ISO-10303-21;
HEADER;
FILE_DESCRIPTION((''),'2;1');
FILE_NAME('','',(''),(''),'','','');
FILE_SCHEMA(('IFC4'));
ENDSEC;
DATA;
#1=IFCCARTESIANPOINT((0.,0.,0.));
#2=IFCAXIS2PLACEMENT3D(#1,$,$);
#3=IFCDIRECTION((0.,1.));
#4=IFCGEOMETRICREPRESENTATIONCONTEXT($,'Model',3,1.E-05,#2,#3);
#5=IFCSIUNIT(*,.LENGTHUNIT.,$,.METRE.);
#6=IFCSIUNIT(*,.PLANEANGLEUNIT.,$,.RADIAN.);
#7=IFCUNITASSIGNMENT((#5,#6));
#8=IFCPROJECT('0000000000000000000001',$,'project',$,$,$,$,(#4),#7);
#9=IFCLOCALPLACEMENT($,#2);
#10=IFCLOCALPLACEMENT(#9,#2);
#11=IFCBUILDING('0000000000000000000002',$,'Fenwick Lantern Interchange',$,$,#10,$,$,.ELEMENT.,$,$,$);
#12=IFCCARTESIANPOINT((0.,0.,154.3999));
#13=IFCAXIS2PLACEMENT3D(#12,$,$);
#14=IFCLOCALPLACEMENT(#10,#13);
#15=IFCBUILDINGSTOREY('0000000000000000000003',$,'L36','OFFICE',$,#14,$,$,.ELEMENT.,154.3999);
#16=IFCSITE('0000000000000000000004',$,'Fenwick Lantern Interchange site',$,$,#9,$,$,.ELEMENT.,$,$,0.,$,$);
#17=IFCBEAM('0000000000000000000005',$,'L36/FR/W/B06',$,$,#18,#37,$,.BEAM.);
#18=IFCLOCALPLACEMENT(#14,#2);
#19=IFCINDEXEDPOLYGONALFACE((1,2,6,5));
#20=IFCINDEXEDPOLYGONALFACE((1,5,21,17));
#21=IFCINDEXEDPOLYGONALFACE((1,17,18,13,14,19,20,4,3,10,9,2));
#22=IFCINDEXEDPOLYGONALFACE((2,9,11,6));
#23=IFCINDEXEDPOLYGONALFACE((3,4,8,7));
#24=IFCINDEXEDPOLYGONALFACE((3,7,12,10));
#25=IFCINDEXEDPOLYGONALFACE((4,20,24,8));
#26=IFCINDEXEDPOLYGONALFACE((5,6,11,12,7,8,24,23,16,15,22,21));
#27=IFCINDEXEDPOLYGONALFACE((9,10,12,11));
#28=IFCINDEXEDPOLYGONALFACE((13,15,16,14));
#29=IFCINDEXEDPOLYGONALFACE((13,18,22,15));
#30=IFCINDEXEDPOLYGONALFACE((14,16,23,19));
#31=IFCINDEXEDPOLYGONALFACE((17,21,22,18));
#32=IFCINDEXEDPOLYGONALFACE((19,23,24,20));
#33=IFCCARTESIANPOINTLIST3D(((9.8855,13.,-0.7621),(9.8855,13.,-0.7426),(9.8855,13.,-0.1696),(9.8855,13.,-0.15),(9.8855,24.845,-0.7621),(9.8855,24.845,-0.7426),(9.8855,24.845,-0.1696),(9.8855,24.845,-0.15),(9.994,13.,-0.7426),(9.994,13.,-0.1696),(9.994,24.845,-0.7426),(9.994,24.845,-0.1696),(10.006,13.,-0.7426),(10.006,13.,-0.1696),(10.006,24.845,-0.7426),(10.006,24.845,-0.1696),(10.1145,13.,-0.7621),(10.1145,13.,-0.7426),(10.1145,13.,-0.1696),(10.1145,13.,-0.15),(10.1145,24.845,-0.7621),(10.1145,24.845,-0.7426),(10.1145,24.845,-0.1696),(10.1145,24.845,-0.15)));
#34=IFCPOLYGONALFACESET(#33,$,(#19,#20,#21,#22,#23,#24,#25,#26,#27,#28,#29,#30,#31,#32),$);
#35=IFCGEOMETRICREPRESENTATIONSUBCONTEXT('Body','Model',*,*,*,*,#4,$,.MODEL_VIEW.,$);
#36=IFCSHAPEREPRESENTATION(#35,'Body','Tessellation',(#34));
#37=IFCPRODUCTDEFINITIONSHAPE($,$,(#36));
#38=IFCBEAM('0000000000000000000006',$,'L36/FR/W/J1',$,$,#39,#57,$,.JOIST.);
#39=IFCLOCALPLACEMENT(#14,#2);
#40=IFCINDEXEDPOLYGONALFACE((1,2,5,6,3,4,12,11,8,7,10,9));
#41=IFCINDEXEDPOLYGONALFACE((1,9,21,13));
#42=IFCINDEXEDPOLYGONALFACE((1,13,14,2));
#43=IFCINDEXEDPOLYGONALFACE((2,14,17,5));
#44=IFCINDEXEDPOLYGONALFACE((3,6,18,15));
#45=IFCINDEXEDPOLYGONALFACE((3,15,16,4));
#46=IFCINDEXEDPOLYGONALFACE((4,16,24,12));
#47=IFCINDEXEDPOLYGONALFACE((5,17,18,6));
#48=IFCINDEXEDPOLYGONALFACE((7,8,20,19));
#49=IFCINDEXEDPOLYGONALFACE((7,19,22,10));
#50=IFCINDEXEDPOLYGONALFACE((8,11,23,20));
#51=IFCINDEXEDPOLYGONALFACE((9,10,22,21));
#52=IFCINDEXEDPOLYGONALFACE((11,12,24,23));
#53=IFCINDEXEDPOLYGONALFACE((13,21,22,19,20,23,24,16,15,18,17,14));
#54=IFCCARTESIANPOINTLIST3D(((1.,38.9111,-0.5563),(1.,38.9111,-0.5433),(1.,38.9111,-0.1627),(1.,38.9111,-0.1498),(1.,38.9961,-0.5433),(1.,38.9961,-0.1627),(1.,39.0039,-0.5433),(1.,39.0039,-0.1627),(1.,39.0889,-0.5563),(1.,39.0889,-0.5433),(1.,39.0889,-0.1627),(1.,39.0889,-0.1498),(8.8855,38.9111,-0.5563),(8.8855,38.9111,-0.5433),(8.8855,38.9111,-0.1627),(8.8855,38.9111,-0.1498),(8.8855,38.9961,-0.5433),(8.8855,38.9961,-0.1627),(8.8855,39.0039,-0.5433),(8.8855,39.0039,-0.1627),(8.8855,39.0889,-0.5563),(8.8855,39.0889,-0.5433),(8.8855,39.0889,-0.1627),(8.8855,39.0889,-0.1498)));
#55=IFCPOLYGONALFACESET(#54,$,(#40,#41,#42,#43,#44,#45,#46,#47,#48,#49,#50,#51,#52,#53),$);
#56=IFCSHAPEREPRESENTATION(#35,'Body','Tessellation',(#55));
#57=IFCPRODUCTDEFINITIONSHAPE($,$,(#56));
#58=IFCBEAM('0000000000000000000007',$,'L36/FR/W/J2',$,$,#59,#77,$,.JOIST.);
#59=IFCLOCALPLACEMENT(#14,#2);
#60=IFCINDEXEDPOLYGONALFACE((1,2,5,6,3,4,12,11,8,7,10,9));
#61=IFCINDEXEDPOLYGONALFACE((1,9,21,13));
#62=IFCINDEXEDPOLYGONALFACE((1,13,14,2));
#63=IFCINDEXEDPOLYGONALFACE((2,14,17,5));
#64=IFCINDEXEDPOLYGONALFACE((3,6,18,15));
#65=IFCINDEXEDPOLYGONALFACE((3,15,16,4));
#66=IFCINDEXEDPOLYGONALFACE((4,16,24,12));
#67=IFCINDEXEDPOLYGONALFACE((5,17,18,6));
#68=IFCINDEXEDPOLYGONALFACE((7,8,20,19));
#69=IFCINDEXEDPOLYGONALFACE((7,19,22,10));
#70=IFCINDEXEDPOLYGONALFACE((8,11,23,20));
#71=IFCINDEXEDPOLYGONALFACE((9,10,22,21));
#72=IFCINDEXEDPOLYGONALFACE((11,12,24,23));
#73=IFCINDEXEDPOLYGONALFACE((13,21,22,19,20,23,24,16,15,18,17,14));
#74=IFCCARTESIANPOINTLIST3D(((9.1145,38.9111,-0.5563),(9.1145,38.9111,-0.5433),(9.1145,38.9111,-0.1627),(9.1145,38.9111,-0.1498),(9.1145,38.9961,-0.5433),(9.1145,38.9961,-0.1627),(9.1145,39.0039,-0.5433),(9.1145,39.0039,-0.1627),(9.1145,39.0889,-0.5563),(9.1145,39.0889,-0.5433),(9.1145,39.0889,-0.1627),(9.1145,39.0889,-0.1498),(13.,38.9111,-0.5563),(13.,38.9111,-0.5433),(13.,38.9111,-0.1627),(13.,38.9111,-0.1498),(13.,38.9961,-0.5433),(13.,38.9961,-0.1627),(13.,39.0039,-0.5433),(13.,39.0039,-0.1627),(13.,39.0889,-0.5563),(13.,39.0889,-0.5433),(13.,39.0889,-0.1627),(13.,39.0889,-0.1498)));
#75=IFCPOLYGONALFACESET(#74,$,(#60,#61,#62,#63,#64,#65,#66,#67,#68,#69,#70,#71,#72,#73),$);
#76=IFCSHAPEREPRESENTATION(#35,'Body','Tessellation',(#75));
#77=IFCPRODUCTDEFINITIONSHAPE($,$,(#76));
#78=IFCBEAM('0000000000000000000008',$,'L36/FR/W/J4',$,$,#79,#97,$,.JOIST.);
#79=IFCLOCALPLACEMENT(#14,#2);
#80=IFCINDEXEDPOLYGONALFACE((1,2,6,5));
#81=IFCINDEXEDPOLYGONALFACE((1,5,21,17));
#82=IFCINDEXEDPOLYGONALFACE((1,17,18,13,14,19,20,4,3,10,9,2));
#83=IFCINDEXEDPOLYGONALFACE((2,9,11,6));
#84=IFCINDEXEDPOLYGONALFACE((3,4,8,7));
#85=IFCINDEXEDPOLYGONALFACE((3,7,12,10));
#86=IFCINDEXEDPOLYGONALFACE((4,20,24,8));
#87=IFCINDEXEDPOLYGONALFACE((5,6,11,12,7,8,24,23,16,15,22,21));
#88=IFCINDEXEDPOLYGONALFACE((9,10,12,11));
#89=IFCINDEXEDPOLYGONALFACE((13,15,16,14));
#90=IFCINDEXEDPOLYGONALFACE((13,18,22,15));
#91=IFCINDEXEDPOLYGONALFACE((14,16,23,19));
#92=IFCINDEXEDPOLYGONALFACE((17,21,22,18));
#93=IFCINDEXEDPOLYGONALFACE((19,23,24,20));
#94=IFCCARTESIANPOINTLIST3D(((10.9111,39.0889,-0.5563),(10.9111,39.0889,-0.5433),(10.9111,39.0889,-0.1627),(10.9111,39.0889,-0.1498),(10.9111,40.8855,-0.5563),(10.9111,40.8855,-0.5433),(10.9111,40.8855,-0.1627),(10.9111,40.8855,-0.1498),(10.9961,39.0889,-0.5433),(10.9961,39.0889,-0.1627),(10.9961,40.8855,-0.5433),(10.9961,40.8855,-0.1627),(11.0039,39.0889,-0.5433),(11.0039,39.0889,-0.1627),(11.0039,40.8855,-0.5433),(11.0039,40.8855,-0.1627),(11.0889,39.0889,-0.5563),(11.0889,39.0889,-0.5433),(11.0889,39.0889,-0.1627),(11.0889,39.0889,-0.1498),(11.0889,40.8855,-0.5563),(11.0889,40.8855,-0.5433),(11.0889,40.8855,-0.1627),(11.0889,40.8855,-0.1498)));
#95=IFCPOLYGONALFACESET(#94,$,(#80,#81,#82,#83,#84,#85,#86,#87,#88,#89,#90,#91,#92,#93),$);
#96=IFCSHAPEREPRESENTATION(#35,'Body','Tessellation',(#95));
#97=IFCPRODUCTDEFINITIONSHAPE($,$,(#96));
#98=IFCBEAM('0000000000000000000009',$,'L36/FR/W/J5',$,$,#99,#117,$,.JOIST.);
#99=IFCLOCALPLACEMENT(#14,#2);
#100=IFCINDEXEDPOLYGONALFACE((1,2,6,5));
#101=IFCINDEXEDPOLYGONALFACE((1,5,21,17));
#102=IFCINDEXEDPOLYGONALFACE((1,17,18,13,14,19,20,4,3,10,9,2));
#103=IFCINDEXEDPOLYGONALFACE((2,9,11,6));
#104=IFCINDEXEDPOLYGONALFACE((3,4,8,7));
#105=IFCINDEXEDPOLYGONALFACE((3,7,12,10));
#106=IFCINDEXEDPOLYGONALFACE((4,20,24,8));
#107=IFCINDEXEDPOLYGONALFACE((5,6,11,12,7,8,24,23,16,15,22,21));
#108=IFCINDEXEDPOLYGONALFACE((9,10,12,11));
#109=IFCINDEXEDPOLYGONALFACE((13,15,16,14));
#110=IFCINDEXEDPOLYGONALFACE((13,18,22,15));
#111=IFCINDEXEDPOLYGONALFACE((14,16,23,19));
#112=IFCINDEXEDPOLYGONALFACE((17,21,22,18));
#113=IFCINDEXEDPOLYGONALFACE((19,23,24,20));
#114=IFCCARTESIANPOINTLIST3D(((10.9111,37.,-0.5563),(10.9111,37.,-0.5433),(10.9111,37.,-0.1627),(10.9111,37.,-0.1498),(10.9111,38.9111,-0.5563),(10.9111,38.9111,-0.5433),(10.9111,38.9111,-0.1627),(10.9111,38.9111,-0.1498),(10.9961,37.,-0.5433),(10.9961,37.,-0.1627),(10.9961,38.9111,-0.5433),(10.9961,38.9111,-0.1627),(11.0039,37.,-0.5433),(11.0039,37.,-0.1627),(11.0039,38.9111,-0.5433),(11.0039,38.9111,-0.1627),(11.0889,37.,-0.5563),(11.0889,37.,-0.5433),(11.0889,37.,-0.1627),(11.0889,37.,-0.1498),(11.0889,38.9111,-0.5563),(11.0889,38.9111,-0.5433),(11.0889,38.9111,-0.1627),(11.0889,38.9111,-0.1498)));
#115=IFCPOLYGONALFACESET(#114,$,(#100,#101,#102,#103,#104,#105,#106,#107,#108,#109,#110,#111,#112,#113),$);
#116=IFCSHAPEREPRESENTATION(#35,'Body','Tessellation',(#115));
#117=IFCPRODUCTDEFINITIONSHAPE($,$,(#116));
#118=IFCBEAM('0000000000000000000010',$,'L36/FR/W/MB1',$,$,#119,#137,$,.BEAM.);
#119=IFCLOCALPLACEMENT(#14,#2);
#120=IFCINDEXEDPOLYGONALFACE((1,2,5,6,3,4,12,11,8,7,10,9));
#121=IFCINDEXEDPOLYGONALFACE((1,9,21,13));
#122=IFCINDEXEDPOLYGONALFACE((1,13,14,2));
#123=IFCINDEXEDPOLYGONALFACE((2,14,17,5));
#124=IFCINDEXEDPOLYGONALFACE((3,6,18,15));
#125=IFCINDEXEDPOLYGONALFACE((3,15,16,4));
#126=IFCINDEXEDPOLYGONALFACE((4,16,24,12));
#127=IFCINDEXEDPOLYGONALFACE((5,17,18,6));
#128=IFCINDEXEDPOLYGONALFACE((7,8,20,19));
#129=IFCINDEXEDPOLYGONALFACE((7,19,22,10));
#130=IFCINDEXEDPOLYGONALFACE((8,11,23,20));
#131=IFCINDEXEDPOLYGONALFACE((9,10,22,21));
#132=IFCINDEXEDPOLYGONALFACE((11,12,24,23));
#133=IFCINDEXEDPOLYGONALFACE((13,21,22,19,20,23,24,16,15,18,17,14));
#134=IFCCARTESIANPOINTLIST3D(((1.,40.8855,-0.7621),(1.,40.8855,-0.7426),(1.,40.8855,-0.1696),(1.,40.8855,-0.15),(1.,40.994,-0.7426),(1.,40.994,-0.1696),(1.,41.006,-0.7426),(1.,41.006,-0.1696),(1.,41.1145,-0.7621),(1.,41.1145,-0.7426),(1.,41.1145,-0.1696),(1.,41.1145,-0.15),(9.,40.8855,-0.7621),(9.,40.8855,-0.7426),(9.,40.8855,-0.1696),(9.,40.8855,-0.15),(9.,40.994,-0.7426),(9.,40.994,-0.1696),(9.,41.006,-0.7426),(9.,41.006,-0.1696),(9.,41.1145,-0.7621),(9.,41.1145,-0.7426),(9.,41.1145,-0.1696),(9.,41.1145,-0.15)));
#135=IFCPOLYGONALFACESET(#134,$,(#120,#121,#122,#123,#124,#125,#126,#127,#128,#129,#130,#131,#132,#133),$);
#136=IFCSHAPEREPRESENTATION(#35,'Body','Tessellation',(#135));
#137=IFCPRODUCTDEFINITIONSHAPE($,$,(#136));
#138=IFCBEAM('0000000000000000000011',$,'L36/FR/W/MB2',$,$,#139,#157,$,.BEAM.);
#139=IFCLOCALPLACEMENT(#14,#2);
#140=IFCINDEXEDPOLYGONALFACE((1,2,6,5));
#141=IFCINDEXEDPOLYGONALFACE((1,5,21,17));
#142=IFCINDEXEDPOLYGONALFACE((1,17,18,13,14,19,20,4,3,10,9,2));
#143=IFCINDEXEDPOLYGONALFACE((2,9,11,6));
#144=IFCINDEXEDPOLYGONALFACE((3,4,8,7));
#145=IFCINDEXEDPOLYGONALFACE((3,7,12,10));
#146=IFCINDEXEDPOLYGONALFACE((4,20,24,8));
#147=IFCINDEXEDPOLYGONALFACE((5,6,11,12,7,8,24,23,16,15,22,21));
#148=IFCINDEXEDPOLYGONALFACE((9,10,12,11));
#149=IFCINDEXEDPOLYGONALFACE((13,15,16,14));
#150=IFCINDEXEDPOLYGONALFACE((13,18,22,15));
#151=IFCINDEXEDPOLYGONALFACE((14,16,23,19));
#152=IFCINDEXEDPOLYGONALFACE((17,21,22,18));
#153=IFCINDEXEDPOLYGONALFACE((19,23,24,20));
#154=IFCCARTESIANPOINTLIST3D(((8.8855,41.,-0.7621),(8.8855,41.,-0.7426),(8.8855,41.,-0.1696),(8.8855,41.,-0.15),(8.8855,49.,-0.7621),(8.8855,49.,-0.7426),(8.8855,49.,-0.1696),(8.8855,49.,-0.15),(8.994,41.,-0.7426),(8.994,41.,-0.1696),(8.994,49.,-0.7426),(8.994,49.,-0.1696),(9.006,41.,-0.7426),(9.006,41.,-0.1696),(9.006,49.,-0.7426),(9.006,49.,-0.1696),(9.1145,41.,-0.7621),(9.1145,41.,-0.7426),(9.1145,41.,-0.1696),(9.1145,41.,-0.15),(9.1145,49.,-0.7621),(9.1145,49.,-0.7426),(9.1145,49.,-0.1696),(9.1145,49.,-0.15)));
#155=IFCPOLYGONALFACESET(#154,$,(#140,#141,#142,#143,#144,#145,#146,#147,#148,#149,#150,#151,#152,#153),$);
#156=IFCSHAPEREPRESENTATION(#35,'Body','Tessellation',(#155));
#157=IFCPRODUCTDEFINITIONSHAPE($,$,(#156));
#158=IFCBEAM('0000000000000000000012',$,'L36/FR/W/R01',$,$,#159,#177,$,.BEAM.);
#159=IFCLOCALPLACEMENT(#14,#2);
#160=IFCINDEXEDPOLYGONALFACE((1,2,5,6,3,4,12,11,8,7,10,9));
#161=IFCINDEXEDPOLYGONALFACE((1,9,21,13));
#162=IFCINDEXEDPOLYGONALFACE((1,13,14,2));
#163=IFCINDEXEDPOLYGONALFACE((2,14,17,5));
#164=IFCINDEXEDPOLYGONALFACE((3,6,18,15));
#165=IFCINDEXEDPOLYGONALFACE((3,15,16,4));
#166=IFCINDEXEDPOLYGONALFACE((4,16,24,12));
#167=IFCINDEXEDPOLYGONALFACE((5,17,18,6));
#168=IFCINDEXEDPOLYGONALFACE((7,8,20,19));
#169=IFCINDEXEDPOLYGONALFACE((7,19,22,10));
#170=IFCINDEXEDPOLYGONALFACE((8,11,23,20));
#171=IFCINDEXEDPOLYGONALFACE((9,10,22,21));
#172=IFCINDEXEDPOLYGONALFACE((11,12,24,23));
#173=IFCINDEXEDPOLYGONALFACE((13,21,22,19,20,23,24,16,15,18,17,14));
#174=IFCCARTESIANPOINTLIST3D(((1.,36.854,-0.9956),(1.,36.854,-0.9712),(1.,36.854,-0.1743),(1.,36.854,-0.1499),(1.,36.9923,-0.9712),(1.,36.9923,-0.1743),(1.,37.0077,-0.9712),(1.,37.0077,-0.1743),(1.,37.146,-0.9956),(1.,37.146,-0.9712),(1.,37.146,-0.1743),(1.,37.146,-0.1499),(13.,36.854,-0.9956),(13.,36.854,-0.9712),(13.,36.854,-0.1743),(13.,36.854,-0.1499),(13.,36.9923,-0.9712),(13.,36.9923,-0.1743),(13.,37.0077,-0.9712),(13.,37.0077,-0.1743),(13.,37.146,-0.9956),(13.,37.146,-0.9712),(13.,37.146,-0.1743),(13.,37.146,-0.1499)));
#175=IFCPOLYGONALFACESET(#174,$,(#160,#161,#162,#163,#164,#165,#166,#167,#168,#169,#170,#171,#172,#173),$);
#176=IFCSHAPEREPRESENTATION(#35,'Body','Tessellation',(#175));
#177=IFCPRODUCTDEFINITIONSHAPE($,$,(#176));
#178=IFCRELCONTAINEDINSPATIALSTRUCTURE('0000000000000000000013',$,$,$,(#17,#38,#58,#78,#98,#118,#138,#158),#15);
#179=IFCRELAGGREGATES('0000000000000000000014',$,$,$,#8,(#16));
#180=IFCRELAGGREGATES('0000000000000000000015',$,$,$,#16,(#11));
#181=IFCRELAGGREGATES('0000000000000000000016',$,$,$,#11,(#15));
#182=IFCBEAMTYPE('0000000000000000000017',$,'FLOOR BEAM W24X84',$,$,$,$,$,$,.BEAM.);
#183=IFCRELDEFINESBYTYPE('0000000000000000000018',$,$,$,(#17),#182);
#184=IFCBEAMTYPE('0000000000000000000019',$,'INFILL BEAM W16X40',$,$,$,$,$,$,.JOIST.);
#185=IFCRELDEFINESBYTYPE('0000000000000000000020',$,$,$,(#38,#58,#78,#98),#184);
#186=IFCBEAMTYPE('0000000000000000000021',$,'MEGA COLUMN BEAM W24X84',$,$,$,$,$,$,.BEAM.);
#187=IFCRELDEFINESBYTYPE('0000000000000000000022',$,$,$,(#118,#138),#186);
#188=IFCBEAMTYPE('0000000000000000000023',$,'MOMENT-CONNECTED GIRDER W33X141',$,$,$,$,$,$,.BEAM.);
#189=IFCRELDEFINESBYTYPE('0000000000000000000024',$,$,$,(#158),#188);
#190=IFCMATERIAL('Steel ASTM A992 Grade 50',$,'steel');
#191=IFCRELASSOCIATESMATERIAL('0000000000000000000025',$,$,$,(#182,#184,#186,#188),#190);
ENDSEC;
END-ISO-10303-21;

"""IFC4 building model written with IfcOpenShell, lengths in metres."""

from ifc_helpers import new_model, si_unit, direction, frame, origin, origin_2d, place, context, subcontext, project, spatial, i_section, extrude, material, material_profile, profile_set, type_object, element, save


model = new_model("IFC4")

# Units and contexts
model_context = context("Model", 3, precision=1e-05, world=origin(), true_north=direction((0.0, 1.0)))
body_context = subcontext(model_context, "Body", "Model", "MODEL_VIEW")
ifc_project = project(units=[si_unit("LENGTHUNIT", "METRE"), si_unit("PLANEANGLEUNIT", "RADIAN")], contexts=[model_context])

# Site, building, storey
site_placement = place(None, origin())
site = spatial("IfcSite", under=ifc_project, at=site_placement, Name="Fenwick Lantern Interchange site", CompositionType="ELEMENT", RefElevation=0.0)
building_placement = place(site_placement, origin())
building = spatial("IfcBuilding", under=site, at=building_placement, Name="Fenwick Lantern Interchange", CompositionType="ELEMENT")
storey_placement = place(building_placement, frame((0.0, 0.0, 154.3999)))
storey = spatial("IfcBuildingStorey", under=building, at=storey_placement, Name="L36", Description="OFFICE", CompositionType="ELEMENT", Elevation=154.3999)

# Beams
ifc_material_1 = material(Name="Steel ASTM A992 Grade 50", Category="steel")
ifc_material_profile_1 = material_profile(ifc_material_1, i_section(OverallWidth=0.229, OverallDepth=0.6121, WebThickness=0.012, FlangeThickness=0.0195, at=origin_2d()), Name="W24X84")
ifc_profile_set_1 = profile_set([ifc_material_profile_1], Name="Steel ASTM A992 Grade 50")
beam_type_1 = type_object("IfcBeamType", Name="FLOOR BEAM W24X84", PredefinedType="BEAM", material=ifc_profile_set_1)
for number, where, z_axis, x_axis, name in (
    (1, (10.0, 24.845, -0.4561), (0.0, -1.0, 0.0), (1.0, 0.0, 0.0), "L36/FR/W/B06"),
):
    element("IfcBeam", number, at=place(storey_placement, frame(where, z_axis=z_axis, x_axis=x_axis)), inside=storey, type_object=beam_type_1, Name=name, PredefinedType="BEAM", context=body_context, shape_type="SweptSolid", body=[
        extrude(i_section(OverallWidth=0.229, OverallDepth=0.6121, WebThickness=0.012, FlangeThickness=0.0195, at=origin_2d()), origin(), (0.0, 0.0, 1.0), 11.845),
    ])
ifc_material_profile_2 = material_profile(ifc_material_1, i_section(OverallWidth=0.1777, OverallDepth=0.4065, WebThickness=0.0078, FlangeThickness=0.0129, at=origin_2d()), Name="W16X40")
ifc_profile_set_2 = profile_set([ifc_material_profile_2], Name="Steel ASTM A992 Grade 50")
beam_type_2 = type_object("IfcBeamType", Name="INFILL BEAM W16X40", PredefinedType="JOIST", material=ifc_profile_set_2)
beam_1_placement = place(storey_placement, frame((1.0, 39.0, -0.353), z_axis=(1.0, 0.0, 0.0), x_axis=(0.0, 1.0, 0.0)))
element("IfcBeam", 2, at=beam_1_placement, inside=storey, type_object=beam_type_2, Name="L36/FR/W/J1", PredefinedType="JOIST", context=body_context, shape_type="SweptSolid", body=[
    extrude(i_section(OverallWidth=0.1777, OverallDepth=0.4065, WebThickness=0.0078, FlangeThickness=0.0129, at=origin_2d()), origin(), (0.0, 0.0, 1.0), 7.8855),
])
beam_2_placement = place(storey_placement, frame((9.1145, 39.0, -0.353), z_axis=(1.0, 0.0, 0.0), x_axis=(0.0, 1.0, 0.0)))
element("IfcBeam", 3, at=beam_2_placement, inside=storey, type_object=beam_type_2, Name="L36/FR/W/J2", PredefinedType="JOIST", context=body_context, shape_type="SweptSolid", body=[
    extrude(i_section(OverallWidth=0.1777, OverallDepth=0.4065, WebThickness=0.0078, FlangeThickness=0.0129, at=origin_2d()), origin(), (0.0, 0.0, 1.0), 3.8855),
])
beam_3_placement = place(storey_placement, frame((11.0, 40.8855, -0.353), z_axis=(0.0, -1.0, 0.0), x_axis=(1.0, 0.0, 0.0)))
element("IfcBeam", 4, at=beam_3_placement, inside=storey, type_object=beam_type_2, Name="L36/FR/W/J4", PredefinedType="JOIST", context=body_context, shape_type="SweptSolid", body=[
    extrude(i_section(OverallWidth=0.1777, OverallDepth=0.4065, WebThickness=0.0078, FlangeThickness=0.0129, at=origin_2d()), origin(), (0.0, 0.0, 1.0), 1.7966),
])
beam_4_placement = place(storey_placement, frame((11.0, 38.9111, -0.353), z_axis=(0.0, -1.0, 0.0), x_axis=(1.0, 0.0, 0.0)))
element("IfcBeam", 5, at=beam_4_placement, inside=storey, type_object=beam_type_2, Name="L36/FR/W/J5", PredefinedType="JOIST", context=body_context, shape_type="SweptSolid", body=[
    extrude(i_section(OverallWidth=0.1777, OverallDepth=0.4065, WebThickness=0.0078, FlangeThickness=0.0129, at=origin_2d()), origin(), (0.0, 0.0, 1.0), 1.9111),
])
ifc_material_profile_3 = material_profile(ifc_material_1, i_section(OverallWidth=0.229, OverallDepth=0.6121, WebThickness=0.012, FlangeThickness=0.0195, at=origin_2d()), Name="W24X84")
ifc_profile_set_3 = profile_set([ifc_material_profile_3], Name="Steel ASTM A992 Grade 50")
beam_type_3 = type_object("IfcBeamType", Name="MEGA COLUMN BEAM W24X84", PredefinedType="BEAM", material=ifc_profile_set_3)
for number, where, z_axis, x_axis, name in (
    (6, (9.0, 41.0, -0.4561), (-1.0, 0.0, 0.0), (0.0, -1.0, 0.0), "L36/FR/W/MB1"),
    (7, (9.0, 41.0, -0.4561), (0.0, 1.0, 0.0), (-1.0, 0.0, 0.0), "L36/FR/W/MB2"),
):
    element("IfcBeam", number, at=place(storey_placement, frame(where, z_axis=z_axis, x_axis=x_axis)), inside=storey, type_object=beam_type_3, Name=name, PredefinedType="BEAM", context=body_context, shape_type="SweptSolid", body=[
        extrude(i_section(OverallWidth=0.229, OverallDepth=0.6121, WebThickness=0.012, FlangeThickness=0.0195, at=origin_2d()), origin(), (0.0, 0.0, 1.0), 8.0),
    ])
ifc_material_profile_4 = material_profile(ifc_material_1, i_section(OverallWidth=0.292, OverallDepth=0.8457, WebThickness=0.0154, FlangeThickness=0.0244, at=origin_2d()), Name="W33X141")
ifc_profile_set_4 = profile_set([ifc_material_profile_4], Name="Steel ASTM A992 Grade 50")
beam_type_4 = type_object("IfcBeamType", Name="MOMENT-CONNECTED GIRDER W33X141", PredefinedType="BEAM", material=ifc_profile_set_4)
beam_5_placement = place(storey_placement, frame((1.0, 37.0, -0.5728), z_axis=(1.0, 0.0, 0.0), x_axis=(0.0, 1.0, 0.0)))
element("IfcBeam", 8, at=beam_5_placement, inside=storey, type_object=beam_type_4, Name="L36/FR/W/R01", PredefinedType="BEAM", context=body_context, shape_type="SweptSolid", body=[
    extrude(i_section(OverallWidth=0.292, OverallDepth=0.8457, WebThickness=0.0154, FlangeThickness=0.0244, at=origin_2d()), origin(), (0.0, 0.0, 1.0), 12.0),
])

save(model, "model.ifc")
